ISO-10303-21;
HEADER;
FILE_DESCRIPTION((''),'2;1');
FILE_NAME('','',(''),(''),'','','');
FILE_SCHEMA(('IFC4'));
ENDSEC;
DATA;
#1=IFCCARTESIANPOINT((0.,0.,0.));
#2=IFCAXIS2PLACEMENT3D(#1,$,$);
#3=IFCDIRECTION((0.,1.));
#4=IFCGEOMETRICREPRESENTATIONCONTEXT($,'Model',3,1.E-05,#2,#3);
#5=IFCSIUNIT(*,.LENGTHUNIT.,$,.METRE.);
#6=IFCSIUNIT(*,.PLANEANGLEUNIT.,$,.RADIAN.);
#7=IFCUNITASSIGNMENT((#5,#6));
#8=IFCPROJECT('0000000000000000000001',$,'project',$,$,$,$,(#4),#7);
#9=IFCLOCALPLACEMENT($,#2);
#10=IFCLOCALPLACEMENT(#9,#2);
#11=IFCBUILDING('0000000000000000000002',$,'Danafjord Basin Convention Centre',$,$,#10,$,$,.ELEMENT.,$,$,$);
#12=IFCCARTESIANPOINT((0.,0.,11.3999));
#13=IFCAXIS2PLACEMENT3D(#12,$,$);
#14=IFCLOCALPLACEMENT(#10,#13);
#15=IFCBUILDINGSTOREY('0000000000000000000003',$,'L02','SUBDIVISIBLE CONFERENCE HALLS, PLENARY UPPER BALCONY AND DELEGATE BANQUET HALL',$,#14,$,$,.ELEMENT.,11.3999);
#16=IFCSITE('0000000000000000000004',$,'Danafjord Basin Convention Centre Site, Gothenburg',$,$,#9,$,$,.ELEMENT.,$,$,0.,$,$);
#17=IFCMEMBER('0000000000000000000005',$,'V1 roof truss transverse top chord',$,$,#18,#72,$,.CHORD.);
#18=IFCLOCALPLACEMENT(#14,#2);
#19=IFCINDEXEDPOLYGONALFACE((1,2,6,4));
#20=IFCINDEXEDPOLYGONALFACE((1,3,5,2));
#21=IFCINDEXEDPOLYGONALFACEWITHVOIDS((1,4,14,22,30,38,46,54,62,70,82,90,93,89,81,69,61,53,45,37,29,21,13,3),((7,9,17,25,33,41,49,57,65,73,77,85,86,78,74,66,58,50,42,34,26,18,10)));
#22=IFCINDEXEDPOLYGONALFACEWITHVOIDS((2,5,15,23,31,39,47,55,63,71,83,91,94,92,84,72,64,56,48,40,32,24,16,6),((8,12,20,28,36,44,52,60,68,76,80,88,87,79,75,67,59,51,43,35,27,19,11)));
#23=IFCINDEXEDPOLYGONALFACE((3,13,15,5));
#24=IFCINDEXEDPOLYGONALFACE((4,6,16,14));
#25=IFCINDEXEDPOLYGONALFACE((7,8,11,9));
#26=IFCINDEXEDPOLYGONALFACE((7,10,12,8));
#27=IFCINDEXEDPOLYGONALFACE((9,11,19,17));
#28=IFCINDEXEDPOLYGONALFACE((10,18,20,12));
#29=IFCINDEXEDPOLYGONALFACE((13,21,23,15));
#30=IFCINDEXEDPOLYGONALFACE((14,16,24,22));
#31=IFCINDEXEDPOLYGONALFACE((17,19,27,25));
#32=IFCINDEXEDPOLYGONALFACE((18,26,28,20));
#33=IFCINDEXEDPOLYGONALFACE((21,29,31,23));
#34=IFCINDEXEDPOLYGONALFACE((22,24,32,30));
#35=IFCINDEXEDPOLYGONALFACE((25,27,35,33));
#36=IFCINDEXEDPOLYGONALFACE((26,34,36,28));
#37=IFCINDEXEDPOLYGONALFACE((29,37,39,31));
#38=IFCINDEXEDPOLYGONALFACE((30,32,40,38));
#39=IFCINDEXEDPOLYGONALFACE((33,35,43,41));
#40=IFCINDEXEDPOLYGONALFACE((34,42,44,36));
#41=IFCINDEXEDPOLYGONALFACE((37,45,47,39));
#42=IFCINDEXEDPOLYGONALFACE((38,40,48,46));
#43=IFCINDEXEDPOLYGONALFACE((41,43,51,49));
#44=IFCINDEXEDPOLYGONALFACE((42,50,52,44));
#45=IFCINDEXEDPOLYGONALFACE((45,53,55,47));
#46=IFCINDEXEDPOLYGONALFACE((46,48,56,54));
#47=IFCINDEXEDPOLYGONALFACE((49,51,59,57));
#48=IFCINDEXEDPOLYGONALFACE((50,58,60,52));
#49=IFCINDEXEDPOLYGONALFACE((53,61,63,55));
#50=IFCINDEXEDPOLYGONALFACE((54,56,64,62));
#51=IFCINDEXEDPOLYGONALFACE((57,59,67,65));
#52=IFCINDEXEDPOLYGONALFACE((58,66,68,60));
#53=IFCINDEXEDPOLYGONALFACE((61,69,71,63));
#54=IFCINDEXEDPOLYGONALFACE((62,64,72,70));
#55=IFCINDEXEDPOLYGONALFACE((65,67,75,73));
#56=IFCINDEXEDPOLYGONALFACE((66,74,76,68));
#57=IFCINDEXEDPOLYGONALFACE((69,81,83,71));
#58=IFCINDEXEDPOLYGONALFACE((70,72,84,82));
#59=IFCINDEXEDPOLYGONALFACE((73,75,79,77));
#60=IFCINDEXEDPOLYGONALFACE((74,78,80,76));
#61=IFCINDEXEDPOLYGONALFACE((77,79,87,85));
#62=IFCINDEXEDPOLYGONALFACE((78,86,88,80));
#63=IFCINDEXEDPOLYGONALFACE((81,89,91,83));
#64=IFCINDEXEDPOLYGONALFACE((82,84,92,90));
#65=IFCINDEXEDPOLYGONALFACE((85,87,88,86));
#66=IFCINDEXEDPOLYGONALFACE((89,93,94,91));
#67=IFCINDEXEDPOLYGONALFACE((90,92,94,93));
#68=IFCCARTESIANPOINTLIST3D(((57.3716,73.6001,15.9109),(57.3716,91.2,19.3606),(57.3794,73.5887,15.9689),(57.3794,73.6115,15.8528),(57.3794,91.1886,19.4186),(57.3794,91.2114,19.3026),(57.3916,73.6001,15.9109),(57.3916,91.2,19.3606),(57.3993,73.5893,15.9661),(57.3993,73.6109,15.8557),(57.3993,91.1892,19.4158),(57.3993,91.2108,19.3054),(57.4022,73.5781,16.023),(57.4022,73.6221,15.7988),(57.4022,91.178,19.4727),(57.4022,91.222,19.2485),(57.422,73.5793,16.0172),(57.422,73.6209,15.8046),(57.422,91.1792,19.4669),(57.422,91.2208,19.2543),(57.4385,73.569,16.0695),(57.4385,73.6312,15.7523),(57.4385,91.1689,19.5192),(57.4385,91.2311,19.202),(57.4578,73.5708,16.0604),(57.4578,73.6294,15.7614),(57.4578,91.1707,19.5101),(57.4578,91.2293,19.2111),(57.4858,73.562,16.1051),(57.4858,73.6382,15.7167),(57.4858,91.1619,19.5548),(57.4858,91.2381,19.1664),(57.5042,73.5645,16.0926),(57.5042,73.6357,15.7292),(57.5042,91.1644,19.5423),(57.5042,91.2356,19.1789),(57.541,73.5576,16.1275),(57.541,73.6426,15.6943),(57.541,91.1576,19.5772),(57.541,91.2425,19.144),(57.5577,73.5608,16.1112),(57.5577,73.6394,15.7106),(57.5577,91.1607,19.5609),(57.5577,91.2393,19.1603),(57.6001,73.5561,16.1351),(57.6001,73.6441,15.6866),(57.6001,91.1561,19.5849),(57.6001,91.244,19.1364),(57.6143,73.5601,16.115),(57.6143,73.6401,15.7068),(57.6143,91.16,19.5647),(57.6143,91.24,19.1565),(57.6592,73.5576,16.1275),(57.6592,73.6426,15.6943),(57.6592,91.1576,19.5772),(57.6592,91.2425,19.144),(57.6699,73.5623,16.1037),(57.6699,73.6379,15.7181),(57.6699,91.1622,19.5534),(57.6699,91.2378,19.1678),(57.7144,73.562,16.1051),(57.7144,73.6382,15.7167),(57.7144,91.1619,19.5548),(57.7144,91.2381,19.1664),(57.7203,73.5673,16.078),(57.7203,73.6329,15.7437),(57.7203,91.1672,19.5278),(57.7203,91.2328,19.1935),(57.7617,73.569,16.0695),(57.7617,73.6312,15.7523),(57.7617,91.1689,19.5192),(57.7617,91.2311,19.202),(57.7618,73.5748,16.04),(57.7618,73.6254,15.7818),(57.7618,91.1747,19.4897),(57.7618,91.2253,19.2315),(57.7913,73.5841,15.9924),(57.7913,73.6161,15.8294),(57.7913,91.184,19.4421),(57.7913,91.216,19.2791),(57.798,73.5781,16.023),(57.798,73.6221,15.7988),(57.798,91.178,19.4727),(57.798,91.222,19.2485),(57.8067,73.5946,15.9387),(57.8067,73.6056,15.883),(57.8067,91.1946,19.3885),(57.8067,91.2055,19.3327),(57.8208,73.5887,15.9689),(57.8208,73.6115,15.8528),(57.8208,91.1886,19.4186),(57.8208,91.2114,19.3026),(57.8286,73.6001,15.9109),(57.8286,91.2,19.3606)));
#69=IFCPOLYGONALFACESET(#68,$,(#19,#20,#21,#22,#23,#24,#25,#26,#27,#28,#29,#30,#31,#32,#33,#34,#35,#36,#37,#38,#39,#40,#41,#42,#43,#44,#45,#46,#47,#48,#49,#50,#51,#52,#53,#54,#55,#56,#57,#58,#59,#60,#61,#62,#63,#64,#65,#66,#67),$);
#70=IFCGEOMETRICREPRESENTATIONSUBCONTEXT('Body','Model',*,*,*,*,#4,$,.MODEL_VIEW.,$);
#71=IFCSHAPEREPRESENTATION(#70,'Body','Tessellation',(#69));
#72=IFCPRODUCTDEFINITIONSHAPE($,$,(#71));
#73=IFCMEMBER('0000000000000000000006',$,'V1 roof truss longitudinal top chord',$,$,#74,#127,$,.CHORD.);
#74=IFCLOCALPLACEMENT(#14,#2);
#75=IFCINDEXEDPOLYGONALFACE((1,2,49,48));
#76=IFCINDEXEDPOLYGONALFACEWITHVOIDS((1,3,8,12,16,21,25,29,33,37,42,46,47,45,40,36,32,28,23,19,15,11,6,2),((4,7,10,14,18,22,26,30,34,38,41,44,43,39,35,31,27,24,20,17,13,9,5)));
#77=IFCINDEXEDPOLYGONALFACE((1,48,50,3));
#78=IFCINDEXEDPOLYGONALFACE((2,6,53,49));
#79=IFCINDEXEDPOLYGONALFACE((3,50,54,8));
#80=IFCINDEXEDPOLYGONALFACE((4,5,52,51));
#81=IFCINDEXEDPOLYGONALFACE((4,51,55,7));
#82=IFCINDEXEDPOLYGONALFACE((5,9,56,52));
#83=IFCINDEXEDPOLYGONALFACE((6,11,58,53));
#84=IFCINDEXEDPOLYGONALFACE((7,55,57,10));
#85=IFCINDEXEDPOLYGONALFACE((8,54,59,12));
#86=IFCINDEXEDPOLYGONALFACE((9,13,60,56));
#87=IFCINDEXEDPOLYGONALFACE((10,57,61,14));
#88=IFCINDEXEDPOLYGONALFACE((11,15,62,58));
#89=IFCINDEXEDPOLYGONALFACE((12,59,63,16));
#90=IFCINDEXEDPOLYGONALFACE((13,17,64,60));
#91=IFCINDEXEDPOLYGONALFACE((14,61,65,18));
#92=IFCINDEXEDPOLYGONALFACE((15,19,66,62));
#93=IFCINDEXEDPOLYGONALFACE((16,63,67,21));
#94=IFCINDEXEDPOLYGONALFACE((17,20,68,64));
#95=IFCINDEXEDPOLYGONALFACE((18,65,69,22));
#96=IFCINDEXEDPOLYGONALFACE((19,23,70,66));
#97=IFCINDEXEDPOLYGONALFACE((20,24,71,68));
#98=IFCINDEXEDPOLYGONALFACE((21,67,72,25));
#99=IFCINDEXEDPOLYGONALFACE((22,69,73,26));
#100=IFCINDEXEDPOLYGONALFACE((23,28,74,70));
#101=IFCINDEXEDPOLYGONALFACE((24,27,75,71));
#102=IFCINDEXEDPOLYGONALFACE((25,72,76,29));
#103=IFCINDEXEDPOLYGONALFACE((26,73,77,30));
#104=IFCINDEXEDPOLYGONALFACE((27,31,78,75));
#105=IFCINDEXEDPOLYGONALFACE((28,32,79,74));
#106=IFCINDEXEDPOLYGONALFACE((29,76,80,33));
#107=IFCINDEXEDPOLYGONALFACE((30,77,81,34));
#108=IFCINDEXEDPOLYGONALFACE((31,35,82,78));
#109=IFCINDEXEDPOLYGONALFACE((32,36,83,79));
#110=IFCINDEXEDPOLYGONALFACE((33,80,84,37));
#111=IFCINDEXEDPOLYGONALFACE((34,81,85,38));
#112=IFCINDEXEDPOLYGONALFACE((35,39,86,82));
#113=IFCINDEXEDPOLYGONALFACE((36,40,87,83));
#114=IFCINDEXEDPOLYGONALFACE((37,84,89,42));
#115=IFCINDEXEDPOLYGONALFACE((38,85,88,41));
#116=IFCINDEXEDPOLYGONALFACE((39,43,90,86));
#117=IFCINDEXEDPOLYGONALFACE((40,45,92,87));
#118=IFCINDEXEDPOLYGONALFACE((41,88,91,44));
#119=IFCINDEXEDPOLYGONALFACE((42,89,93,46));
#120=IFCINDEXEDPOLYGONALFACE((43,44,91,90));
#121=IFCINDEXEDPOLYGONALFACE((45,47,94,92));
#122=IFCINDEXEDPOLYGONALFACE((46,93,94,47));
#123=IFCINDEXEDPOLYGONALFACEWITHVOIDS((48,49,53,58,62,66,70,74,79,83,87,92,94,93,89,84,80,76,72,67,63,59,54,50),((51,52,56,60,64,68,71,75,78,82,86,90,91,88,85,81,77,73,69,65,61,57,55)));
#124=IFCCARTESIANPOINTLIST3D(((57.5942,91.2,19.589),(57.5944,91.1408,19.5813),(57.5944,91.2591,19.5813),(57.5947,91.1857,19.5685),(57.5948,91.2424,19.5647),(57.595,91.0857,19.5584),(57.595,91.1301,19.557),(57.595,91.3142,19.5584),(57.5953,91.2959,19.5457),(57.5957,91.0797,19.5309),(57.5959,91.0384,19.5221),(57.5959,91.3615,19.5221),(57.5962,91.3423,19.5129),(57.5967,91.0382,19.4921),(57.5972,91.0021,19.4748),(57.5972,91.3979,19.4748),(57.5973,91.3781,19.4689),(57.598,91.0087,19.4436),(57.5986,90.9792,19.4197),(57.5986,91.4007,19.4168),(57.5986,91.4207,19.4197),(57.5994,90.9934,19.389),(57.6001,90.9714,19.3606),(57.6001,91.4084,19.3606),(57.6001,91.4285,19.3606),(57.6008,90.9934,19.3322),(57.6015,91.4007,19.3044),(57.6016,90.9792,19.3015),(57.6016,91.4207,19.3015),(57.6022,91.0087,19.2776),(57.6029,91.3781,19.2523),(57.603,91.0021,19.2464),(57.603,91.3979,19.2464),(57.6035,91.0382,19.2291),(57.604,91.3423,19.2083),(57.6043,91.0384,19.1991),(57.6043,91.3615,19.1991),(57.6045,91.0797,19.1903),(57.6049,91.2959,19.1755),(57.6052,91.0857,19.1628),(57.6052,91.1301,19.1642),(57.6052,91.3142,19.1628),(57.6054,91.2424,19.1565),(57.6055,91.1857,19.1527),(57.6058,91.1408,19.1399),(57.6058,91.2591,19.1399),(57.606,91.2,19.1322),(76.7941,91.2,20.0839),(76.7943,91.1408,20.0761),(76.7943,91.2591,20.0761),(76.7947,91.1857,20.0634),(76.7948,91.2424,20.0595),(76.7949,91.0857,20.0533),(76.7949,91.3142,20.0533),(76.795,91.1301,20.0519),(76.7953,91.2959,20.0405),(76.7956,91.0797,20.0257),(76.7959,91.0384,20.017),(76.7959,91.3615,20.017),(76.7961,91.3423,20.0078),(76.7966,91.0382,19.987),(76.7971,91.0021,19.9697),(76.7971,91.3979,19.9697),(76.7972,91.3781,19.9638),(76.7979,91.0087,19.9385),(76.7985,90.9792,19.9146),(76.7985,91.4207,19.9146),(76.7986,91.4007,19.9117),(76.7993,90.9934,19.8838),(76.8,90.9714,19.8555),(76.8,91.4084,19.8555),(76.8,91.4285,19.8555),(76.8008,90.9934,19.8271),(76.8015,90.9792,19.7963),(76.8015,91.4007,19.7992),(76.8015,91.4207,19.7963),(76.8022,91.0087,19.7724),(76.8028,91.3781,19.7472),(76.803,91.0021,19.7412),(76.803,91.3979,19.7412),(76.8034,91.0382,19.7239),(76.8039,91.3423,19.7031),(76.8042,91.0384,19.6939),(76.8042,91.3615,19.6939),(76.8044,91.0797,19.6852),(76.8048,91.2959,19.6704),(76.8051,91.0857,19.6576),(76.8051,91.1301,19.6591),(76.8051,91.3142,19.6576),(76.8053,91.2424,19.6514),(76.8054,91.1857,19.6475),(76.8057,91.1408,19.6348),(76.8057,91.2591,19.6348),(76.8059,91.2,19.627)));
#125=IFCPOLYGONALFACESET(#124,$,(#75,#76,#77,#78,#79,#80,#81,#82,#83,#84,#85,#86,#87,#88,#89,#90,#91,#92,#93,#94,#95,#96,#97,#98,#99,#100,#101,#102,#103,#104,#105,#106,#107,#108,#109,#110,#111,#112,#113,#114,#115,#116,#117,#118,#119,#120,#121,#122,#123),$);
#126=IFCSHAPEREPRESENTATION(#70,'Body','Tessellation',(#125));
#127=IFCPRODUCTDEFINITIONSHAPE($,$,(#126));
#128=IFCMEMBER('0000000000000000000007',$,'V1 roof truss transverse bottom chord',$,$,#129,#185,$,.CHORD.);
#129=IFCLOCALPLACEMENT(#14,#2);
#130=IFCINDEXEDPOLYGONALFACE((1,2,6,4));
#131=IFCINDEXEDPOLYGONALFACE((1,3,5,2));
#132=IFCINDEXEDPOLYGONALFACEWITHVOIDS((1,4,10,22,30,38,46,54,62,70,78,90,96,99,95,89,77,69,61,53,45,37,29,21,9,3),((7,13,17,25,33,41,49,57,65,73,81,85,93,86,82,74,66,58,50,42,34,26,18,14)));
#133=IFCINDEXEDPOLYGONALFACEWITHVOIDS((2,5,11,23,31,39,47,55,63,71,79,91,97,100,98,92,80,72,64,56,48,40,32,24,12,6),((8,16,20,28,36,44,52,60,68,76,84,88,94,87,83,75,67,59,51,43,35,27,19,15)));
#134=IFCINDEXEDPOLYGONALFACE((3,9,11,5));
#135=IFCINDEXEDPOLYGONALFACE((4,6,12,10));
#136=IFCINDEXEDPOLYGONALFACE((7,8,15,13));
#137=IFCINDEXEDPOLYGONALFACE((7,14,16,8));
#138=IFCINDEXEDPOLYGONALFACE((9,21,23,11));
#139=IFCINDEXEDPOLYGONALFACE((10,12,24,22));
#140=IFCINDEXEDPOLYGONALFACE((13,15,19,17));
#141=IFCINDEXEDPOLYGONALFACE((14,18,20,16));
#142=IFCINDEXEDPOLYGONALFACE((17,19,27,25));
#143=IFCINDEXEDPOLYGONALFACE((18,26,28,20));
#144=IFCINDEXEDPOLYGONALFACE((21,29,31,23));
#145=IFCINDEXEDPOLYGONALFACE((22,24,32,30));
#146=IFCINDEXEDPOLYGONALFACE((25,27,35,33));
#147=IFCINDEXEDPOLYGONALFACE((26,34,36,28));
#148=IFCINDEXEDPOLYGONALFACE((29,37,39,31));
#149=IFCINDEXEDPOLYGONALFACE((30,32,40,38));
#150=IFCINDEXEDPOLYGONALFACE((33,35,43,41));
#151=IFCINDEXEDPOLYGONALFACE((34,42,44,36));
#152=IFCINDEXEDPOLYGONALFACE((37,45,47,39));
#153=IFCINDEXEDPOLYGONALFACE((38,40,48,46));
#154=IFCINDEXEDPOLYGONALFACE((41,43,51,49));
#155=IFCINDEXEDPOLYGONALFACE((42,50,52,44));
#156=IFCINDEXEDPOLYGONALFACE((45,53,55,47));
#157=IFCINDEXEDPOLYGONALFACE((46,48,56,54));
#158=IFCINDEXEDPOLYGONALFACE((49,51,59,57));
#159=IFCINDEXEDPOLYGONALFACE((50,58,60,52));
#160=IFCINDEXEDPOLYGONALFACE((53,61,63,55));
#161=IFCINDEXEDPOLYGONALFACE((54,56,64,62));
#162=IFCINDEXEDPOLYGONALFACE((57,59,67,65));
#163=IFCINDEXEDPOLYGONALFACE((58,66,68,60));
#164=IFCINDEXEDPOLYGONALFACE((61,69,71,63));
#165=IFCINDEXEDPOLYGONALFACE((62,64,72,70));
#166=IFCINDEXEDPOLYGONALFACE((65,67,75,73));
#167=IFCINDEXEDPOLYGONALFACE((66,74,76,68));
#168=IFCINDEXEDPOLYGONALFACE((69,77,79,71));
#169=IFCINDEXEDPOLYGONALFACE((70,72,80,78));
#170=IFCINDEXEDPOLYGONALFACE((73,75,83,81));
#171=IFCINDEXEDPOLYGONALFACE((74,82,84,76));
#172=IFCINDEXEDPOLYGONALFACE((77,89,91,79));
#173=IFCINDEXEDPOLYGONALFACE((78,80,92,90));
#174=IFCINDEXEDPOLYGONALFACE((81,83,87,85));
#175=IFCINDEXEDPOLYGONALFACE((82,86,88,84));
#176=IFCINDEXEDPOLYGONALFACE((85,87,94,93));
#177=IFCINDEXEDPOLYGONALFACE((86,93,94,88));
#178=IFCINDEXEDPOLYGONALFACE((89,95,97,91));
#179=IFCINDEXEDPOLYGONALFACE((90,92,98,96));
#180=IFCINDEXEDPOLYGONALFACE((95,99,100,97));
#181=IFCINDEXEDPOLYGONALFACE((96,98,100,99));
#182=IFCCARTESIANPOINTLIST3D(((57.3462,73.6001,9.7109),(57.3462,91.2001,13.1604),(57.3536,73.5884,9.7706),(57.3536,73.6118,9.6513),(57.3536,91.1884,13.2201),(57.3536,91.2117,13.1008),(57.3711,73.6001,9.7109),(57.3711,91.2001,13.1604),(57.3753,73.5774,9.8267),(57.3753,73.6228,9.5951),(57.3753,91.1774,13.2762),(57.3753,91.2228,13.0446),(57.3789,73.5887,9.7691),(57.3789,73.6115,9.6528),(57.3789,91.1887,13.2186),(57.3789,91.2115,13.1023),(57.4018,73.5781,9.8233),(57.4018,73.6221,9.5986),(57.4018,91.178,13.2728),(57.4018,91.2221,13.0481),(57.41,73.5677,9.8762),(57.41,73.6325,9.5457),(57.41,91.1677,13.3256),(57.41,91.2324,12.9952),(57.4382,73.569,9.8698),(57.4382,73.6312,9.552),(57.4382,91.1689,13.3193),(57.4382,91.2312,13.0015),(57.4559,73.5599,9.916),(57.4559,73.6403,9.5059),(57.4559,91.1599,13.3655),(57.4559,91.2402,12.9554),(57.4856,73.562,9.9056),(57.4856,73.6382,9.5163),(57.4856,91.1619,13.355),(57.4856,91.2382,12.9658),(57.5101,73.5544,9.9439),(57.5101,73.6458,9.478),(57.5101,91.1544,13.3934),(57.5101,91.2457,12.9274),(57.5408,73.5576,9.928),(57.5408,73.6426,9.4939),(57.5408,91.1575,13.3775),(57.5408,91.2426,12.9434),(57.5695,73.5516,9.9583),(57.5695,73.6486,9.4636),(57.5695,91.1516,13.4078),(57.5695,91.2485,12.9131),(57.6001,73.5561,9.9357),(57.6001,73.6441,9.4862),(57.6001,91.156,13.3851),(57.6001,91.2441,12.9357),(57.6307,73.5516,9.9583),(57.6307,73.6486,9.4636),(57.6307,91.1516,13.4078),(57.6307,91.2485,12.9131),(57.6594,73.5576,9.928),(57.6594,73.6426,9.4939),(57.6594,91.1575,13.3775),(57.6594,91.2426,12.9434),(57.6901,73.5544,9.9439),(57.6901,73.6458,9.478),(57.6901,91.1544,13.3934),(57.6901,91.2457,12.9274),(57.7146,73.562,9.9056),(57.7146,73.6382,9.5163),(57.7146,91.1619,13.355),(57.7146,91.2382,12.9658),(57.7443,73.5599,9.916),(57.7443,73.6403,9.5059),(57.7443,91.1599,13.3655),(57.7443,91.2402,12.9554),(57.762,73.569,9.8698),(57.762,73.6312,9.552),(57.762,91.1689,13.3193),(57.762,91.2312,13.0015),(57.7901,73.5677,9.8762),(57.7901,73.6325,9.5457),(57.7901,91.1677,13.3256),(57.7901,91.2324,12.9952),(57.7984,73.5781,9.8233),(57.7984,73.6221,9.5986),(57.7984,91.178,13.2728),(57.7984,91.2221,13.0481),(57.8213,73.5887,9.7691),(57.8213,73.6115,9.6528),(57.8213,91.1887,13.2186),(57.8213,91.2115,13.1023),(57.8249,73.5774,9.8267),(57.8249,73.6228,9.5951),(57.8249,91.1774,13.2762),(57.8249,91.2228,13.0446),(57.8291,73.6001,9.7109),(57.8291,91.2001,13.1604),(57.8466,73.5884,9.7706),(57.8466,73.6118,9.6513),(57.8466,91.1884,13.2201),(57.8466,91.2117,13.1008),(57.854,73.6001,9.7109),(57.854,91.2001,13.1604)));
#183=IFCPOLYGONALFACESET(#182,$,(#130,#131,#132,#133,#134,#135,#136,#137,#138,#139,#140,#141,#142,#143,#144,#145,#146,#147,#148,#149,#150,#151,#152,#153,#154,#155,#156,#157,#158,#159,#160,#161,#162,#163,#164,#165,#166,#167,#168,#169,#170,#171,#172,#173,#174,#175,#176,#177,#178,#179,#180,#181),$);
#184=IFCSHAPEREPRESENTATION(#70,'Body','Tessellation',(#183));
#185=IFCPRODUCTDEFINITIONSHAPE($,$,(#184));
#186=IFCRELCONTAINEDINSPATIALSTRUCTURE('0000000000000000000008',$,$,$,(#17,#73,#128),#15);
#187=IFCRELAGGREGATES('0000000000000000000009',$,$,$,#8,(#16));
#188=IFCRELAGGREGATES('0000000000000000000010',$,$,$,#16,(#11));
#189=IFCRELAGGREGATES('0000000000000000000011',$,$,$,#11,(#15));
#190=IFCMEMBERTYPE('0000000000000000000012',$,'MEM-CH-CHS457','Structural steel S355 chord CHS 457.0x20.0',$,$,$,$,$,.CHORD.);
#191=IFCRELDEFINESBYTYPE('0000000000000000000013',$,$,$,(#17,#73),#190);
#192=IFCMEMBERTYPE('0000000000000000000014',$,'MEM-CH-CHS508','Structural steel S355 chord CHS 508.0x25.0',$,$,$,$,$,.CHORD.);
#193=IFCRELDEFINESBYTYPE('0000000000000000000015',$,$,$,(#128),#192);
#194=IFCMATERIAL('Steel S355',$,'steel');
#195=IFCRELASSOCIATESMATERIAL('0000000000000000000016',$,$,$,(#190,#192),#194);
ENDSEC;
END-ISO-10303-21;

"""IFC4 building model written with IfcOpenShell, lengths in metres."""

from ifc_helpers import new_model, si_unit, direction, frame, origin, origin_2d, place, context, subcontext, project, spatial, hollow_circle, extrude, material, material_profile, profile_set, type_object, element, save


model = new_model("IFC4")

# Units and contexts
model_context = context("Model", 3, precision=1e-05, world=origin(), true_north=direction((0.0, 1.0)))
body_context = subcontext(model_context, "Body", "Model", "MODEL_VIEW")
ifc_project = project(units=[si_unit("LENGTHUNIT", "METRE"), si_unit("PLANEANGLEUNIT", "RADIAN")], contexts=[model_context])

# Site, building, storey
site_placement = place(None, origin())
site = spatial("IfcSite", under=ifc_project, at=site_placement, Name="Danafjord Basin Convention Centre Site, Gothenburg", CompositionType="ELEMENT", RefElevation=0.0)
building_placement = place(site_placement, origin())
building = spatial("IfcBuilding", under=site, at=building_placement, Name="Danafjord Basin Convention Centre", CompositionType="ELEMENT")
storey_placement = place(building_placement, frame((0.0, 0.0, 11.3999)))
storey = spatial("IfcBuildingStorey", under=building, at=storey_placement, Name="L02", Description="SUBDIVISIBLE CONFERENCE HALLS, PLENARY UPPER BALCONY AND DELEGATE BANQUET HALL", CompositionType="ELEMENT", Elevation=11.3999)

# Members
ifc_material = material(Name="Steel S355", Category="steel")
ifc_material_profile_1 = material_profile(ifc_material, hollow_circle(Radius=0.2285, WallThickness=0.02, at=origin_2d()), Name="CHS 457.0x20.0")
ifc_profile_set_1 = profile_set([ifc_material_profile_1], Name="Steel S355")
member_type_1 = type_object("IfcMemberType", Name="MEM-CH-CHS457", Description="Structural steel S355 chord CHS 457.0x20.0", PredefinedType="CHORD", material=ifc_profile_set_1)
member_1_placement = place(storey_placement, frame((57.6001, 73.6001, 15.9109), z_axis=(0.0, 0.981327, 0.192348), x_axis=(-1.0, 0.0, 0.0)))
element("IfcMember", 1, at=member_1_placement, inside=storey, type_object=member_type_1, Name="V1 roof truss transverse top chord", PredefinedType="CHORD", context=body_context, shape_type="SweptSolid", body=[
    extrude(hollow_circle(Radius=0.2285, WallThickness=0.02, at=origin_2d()), origin(), (0.0, 0.0, 1.0), 17.9348),
])
member_2_placement = place(storey_placement, frame((57.6001, 91.2, 19.3606), z_axis=(0.999668, 0.0, 0.025766), x_axis=(0.0, 1.0, 0.0)))
element("IfcMember", 2, at=member_2_placement, inside=storey, type_object=member_type_1, Name="V1 roof truss longitudinal top chord", PredefinedType="CHORD", context=body_context, shape_type="SweptSolid", body=[
    extrude(hollow_circle(Radius=0.2285, WallThickness=0.02, at=origin_2d()), origin(), (0.0, 0.0, 1.0), 19.2063),
])
ifc_material_profile_2 = material_profile(ifc_material, hollow_circle(Radius=0.2539, WallThickness=0.0249, at=origin_2d()), Name="CHS 508.0x25.0")
ifc_profile_set_2 = profile_set([ifc_material_profile_2], Name="Steel S355")
member_type_2 = type_object("IfcMemberType", Name="MEM-CH-CHS508", Description="Structural steel S355 chord CHS 508.0x25.0", PredefinedType="CHORD", material=ifc_profile_set_2)
member_3_placement = place(storey_placement, frame((57.6001, 73.6001, 9.7109), z_axis=(0.0, 0.981329, 0.192335), x_axis=(-1.0, 0.0, 0.0)))
element("IfcMember", 3, at=member_3_placement, inside=storey, type_object=member_type_2, Name="V1 roof truss transverse bottom chord", PredefinedType="CHORD", context=body_context, shape_type="SweptSolid", body=[
    extrude(hollow_circle(Radius=0.2539, WallThickness=0.0249, at=origin_2d()), origin(), (0.0, 0.0, 1.0), 17.9348),
])

save(model, "model.ifc")
